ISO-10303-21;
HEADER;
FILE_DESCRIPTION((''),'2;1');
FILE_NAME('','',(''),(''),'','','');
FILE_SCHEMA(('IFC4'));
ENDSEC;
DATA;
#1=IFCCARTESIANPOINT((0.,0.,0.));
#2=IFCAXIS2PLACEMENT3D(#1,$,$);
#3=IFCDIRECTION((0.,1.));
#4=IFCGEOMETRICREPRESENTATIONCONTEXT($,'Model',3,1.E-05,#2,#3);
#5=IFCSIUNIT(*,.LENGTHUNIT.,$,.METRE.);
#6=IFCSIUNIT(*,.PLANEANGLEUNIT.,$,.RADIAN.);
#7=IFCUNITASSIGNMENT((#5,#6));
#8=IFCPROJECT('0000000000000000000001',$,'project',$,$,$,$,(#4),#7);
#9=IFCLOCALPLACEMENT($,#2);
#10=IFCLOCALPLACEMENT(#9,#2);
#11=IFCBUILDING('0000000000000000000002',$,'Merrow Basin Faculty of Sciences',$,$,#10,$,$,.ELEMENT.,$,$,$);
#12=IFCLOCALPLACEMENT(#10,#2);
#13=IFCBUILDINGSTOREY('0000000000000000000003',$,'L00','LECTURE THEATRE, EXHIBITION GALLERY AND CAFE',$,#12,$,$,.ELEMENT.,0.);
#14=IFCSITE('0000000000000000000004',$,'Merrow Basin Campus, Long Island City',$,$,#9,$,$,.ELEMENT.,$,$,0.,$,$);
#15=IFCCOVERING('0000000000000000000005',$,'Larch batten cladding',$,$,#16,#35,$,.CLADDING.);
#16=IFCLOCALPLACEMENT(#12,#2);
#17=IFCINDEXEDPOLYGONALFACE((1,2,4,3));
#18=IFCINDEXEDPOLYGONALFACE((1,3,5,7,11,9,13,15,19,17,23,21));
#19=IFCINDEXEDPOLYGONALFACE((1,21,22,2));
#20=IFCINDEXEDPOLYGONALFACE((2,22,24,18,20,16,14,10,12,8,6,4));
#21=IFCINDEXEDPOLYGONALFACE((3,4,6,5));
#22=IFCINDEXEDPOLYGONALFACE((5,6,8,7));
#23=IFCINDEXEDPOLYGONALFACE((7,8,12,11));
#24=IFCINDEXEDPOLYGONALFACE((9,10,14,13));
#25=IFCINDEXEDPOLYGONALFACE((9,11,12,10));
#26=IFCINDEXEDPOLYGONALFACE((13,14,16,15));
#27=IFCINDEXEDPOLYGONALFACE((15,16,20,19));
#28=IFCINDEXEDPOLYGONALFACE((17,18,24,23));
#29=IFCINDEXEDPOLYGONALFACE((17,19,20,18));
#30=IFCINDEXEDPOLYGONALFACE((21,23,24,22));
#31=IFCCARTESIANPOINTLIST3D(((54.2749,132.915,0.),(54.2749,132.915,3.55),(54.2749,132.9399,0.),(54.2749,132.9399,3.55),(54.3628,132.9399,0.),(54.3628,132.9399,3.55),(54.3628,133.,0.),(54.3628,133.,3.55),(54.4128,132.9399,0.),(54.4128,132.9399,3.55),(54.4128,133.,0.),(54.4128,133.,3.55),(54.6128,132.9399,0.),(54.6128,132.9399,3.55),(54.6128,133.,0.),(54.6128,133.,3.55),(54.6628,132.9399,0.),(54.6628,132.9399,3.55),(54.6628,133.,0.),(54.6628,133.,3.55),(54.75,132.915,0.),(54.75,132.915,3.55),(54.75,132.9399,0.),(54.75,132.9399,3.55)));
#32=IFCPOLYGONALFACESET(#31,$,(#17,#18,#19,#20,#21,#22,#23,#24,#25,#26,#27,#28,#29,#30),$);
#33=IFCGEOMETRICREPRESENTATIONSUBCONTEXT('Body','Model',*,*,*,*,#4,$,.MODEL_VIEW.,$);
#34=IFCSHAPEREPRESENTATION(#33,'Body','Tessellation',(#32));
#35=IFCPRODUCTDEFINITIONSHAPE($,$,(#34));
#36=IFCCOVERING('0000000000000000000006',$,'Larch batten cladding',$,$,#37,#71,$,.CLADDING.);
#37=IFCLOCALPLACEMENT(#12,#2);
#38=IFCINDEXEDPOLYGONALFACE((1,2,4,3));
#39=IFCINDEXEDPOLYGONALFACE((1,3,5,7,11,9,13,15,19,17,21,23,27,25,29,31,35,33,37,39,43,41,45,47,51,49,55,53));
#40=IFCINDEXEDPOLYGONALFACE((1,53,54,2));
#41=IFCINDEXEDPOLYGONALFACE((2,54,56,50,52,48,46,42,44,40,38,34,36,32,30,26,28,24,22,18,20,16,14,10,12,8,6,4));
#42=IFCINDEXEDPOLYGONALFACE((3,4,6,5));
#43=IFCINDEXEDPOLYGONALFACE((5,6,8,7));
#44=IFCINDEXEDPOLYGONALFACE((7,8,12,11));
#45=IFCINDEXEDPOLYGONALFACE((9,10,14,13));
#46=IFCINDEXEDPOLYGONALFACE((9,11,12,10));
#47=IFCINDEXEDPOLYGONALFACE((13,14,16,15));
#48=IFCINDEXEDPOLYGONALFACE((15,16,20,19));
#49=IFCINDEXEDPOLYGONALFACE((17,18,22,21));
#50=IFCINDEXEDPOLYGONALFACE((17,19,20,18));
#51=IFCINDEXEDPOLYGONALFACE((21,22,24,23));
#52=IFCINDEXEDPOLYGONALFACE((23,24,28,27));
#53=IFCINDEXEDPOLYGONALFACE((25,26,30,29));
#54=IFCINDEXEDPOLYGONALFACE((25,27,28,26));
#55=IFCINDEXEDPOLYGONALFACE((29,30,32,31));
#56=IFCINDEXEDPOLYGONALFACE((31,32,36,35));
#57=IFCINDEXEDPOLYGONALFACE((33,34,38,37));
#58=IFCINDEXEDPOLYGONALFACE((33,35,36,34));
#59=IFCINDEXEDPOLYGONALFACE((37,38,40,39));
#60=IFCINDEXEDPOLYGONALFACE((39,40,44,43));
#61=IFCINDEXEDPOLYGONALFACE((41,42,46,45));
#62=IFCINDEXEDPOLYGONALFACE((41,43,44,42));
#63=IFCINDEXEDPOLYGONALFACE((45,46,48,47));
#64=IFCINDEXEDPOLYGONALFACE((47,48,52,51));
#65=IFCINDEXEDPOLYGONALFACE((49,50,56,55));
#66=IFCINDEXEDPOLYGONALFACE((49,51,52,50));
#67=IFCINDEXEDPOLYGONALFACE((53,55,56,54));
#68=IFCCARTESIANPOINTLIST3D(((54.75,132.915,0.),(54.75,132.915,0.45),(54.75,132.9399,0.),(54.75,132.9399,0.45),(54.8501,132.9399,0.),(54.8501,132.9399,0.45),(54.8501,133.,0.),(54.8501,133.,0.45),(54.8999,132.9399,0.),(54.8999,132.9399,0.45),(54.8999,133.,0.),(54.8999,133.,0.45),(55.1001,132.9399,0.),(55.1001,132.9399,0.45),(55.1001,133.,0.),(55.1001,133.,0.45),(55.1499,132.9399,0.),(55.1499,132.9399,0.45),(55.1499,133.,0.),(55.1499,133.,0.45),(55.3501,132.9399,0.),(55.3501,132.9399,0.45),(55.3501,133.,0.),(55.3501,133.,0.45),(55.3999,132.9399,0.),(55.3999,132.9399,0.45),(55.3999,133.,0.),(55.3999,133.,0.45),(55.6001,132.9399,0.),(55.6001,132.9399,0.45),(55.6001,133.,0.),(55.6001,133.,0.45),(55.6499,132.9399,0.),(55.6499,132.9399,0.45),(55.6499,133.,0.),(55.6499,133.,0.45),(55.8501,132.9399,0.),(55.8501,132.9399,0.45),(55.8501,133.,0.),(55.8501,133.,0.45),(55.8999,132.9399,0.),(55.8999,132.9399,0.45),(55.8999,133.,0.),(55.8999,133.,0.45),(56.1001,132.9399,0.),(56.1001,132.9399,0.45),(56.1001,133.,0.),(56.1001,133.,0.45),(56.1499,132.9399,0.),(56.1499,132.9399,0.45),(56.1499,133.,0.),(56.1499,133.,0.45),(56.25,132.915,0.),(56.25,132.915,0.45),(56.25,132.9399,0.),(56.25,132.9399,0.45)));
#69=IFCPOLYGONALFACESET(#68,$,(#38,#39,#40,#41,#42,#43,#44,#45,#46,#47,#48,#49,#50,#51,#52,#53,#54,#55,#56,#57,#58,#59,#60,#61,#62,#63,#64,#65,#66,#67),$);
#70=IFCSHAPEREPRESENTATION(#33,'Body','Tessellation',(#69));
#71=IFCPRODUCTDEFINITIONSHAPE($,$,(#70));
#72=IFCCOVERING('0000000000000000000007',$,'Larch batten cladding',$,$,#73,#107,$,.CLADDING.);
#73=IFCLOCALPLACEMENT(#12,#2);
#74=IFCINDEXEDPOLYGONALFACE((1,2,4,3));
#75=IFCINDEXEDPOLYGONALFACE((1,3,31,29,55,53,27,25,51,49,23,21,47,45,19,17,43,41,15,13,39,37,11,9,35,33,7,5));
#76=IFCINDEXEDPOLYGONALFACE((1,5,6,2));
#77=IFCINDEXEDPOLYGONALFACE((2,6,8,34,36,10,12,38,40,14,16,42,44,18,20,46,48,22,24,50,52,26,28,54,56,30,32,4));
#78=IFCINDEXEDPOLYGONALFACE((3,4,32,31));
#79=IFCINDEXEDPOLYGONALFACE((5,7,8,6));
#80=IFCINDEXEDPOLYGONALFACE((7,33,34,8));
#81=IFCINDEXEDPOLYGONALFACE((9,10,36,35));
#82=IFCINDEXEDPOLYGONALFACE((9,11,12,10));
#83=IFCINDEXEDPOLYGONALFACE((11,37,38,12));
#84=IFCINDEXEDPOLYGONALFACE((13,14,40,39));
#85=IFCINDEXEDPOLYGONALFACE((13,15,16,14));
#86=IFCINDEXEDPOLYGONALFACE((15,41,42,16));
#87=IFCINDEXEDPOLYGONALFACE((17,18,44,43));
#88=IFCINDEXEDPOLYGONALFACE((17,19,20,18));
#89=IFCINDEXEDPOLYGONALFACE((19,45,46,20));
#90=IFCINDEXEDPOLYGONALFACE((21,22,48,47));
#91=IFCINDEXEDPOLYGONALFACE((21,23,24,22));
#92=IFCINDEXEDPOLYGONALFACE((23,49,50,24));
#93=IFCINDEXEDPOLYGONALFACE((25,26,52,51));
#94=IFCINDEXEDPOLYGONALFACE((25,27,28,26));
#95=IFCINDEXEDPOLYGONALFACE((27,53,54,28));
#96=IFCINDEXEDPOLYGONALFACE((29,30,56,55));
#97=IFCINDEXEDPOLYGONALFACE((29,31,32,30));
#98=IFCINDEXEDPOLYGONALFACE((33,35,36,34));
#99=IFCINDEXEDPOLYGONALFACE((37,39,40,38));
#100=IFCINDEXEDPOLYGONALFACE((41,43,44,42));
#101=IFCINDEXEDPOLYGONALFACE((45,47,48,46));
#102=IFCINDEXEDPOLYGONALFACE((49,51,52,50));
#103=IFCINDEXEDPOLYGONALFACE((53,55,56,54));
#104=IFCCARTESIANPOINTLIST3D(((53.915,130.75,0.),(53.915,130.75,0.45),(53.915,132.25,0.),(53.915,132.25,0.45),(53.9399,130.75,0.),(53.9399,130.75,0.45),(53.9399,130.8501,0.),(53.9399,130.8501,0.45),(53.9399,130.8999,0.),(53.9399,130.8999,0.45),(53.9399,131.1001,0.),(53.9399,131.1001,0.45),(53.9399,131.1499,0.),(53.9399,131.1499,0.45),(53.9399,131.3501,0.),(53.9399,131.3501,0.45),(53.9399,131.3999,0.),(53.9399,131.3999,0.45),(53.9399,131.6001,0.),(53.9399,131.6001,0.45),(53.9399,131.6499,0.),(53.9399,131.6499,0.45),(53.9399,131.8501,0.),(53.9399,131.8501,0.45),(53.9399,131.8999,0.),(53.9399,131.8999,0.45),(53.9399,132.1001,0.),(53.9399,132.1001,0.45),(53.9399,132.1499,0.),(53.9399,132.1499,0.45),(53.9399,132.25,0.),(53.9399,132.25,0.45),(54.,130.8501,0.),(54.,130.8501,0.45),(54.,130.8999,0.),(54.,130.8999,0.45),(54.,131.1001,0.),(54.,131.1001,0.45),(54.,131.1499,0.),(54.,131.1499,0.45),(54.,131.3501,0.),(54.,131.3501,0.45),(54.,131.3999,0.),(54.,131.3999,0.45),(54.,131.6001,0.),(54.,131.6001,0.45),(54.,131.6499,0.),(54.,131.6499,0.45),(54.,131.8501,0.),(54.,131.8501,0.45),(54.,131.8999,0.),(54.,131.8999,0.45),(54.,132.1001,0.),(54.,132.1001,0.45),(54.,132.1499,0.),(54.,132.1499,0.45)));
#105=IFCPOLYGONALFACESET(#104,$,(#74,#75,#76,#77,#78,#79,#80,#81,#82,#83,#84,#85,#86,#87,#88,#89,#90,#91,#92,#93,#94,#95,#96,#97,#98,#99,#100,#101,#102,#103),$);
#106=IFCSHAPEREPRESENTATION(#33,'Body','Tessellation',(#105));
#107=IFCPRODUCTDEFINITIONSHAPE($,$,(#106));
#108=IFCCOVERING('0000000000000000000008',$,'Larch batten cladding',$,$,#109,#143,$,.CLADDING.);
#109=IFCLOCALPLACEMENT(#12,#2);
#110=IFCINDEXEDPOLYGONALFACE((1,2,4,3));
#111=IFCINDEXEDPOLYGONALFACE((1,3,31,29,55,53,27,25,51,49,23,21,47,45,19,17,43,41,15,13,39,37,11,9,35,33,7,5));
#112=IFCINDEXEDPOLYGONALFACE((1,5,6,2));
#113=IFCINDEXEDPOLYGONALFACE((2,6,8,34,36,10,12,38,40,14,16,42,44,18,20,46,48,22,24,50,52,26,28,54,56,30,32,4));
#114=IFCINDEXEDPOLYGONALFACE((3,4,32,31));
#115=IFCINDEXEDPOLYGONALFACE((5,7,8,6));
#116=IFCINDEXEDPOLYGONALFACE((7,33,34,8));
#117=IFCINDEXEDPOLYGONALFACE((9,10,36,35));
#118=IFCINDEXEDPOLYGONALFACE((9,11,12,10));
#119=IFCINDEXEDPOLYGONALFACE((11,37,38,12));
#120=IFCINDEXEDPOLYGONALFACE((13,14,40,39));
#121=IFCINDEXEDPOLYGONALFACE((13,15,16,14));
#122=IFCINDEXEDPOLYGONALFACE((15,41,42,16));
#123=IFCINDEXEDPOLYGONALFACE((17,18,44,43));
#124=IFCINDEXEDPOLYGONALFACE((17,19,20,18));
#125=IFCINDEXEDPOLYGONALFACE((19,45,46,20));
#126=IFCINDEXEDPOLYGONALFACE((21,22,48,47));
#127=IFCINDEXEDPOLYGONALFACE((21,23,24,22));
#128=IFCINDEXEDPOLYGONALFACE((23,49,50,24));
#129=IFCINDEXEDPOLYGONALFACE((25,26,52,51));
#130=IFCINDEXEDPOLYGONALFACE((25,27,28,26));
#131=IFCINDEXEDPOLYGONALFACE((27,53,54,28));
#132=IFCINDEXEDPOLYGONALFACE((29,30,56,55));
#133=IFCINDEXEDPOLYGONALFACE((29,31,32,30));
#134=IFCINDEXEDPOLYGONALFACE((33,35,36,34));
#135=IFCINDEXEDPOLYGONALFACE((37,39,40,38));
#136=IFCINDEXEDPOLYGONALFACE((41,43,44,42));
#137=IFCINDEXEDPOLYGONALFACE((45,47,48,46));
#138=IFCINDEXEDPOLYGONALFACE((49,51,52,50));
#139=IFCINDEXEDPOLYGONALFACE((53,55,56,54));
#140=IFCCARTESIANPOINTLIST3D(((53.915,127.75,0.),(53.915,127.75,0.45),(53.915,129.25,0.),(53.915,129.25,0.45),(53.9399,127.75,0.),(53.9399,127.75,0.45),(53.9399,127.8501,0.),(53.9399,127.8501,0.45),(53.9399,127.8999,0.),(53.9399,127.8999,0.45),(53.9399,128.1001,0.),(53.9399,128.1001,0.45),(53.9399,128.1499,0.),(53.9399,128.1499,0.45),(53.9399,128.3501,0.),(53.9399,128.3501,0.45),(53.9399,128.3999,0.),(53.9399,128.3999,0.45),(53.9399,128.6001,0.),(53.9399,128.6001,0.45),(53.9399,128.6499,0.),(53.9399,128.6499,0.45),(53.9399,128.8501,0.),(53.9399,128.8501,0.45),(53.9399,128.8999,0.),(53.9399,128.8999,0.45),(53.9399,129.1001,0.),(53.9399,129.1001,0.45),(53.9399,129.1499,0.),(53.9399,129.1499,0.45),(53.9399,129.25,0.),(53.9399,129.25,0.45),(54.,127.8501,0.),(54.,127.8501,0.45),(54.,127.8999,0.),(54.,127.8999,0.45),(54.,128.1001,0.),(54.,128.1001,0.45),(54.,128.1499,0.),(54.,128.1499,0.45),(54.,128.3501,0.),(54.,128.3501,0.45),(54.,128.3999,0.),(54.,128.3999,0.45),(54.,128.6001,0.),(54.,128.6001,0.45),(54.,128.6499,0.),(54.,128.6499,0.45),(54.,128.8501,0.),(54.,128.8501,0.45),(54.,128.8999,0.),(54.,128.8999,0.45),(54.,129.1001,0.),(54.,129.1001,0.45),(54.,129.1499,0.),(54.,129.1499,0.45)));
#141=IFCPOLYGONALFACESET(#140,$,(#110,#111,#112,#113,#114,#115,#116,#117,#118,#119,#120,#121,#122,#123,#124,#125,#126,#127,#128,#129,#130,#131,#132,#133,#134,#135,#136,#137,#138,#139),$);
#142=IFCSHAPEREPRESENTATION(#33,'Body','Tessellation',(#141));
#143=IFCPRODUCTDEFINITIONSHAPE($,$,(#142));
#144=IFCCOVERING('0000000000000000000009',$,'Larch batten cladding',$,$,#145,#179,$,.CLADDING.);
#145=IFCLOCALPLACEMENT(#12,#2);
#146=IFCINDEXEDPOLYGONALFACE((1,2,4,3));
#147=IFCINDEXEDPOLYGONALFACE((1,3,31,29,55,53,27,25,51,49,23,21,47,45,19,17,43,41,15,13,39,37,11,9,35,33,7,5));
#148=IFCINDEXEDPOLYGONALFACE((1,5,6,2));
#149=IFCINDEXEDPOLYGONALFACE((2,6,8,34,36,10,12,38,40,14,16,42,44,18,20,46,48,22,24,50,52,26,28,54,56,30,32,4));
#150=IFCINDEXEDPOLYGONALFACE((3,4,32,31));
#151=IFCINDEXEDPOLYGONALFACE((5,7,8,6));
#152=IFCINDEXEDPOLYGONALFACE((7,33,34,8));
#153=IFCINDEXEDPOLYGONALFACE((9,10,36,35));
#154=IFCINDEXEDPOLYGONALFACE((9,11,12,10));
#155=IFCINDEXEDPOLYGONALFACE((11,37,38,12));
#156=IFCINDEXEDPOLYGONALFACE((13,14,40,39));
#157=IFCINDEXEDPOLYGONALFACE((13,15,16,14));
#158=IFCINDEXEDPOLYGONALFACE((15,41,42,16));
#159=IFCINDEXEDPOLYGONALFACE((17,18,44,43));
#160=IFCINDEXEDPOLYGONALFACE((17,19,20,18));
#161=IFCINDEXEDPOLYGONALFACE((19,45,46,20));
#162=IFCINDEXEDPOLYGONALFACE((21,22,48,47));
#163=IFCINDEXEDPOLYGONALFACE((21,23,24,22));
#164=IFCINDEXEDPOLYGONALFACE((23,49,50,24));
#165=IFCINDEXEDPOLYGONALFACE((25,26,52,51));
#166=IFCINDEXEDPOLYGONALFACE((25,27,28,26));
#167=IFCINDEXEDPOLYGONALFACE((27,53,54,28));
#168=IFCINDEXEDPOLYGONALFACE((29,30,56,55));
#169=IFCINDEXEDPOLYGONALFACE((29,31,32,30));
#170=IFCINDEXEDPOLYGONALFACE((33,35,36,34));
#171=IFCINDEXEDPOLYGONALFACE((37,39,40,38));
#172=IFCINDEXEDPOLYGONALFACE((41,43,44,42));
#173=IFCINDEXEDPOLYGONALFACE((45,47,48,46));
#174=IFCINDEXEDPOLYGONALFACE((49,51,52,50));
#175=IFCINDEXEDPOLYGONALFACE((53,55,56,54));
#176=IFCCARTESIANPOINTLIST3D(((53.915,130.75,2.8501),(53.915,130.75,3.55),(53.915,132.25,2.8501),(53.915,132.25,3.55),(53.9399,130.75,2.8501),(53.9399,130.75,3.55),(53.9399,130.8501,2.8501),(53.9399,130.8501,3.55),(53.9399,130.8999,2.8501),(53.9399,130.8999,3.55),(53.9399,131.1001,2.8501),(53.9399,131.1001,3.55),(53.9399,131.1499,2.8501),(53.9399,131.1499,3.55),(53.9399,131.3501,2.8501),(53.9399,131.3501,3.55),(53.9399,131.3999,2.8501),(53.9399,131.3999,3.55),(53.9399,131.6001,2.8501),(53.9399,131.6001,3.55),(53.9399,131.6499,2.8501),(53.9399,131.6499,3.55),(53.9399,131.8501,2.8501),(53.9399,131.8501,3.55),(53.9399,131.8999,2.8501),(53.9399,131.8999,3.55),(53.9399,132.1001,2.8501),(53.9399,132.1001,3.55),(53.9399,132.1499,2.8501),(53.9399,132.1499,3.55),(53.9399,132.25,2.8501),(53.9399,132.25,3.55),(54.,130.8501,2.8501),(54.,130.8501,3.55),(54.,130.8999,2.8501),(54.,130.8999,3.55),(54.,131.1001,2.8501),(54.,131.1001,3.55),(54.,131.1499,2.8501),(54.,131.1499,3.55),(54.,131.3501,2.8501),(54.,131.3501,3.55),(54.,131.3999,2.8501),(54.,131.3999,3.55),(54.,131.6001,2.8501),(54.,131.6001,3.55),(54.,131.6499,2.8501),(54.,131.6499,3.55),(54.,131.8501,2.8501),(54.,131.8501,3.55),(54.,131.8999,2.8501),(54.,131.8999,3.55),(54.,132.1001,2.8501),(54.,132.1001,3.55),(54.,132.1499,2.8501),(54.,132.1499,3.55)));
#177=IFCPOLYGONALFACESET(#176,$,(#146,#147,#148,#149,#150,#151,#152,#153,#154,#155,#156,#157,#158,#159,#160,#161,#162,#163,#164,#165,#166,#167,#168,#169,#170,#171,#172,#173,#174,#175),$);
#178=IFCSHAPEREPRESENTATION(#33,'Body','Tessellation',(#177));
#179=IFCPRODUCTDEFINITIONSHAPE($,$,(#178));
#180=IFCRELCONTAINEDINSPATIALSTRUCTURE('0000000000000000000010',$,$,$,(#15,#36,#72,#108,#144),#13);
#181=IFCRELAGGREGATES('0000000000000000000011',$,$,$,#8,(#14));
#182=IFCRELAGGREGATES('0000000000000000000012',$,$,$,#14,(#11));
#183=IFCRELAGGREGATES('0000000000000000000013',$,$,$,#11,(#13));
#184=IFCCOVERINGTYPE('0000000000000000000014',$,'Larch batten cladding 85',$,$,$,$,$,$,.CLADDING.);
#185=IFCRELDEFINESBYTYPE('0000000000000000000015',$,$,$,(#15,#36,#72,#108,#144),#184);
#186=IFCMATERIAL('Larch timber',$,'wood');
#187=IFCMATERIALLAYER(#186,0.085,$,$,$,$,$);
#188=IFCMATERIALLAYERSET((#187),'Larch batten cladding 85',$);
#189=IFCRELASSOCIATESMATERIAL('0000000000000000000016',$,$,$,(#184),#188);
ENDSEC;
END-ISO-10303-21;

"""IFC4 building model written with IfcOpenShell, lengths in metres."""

from ifc_helpers import new_model, si_unit, direction, frame, origin, place, context, subcontext, project, spatial, polyline, outline, extrude, source, transform, mapped, material, layer, layer_set, type_object, element, save


model = new_model("IFC4")

# Units and contexts
model_context = context("Model", 3, precision=1e-05, world=origin(), true_north=direction((0.0, 1.0)))
body_context = subcontext(model_context, "Body", "Model", "MODEL_VIEW")
ifc_project = project(units=[si_unit("LENGTHUNIT", "METRE"), si_unit("PLANEANGLEUNIT", "RADIAN")], contexts=[model_context])

# Site, building, storey
site_placement = place(None, origin())
site = spatial("IfcSite", under=ifc_project, at=site_placement, Name="Merrow Basin Campus, Long Island City", CompositionType="ELEMENT", RefElevation=0.0)
building_placement = place(site_placement, origin())
building = spatial("IfcBuilding", under=site, at=building_placement, Name="Merrow Basin Faculty of Sciences", CompositionType="ELEMENT")
storey_placement = place(building_placement, origin())
storey = spatial("IfcBuildingStorey", under=building, at=storey_placement, Name="L00", Description="LECTURE THEATRE, EXHIBITION GALLERY AND CAFE", CompositionType="ELEMENT", Elevation=0.0)

# Coverings
ifc_material_1 = material(Name="Larch timber", Category="wood")
ifc_layer_1 = layer(ifc_material_1, 0.085)
ifc_layer_set_1 = layer_set([ifc_layer_1], Name="Larch batten cladding 85")
covering_type = type_object("IfcCoveringType", Name="Larch batten cladding 85", PredefinedType="CLADDING", material=ifc_layer_set_1)
shared_shape_1 = source(origin(), body_context, "Body", "SweptSolid", [
    extrude(outline(polyline([(0.0, 0.0), (0.4751, 0.0), (0.4751, 0.0249), (0.3879, 0.0249), (0.3879, 0.085), (0.3379, 0.085), (0.3379, 0.0249), (0.1379, 0.0249), (0.1379, 0.085), (0.0879, 0.085), (0.0879, 0.0249), (0.0, 0.0249), (0.0, 0.0)])), origin(), (0.0, 0.0, 1.0), 3.55),
])
covering_1_placement = place(storey_placement, frame((54.2749, 132.915, 0.0), z_axis=(0.0, 0.0, 1.0), x_axis=(1.0, 0.0, 0.0)))
element("IfcCovering", 1, at=covering_1_placement, inside=storey, type_object=covering_type, Name="Larch batten cladding", PredefinedType="CLADDING", context=body_context, shape_type="MappedRepresentation", body=[
    mapped(shared_shape_1, transform((0.0, 0.0, 0.0), scale=1.0)),
])
shared_shape_2 = source(origin(), body_context, "Body", "SweptSolid", [
    extrude(outline(polyline([(0.0, 0.0), (1.5, 0.0), (1.5, 0.0249), (1.3999, 0.0249), (1.3999, 0.085), (1.3501, 0.085), (1.3501, 0.0249), (1.1499, 0.0249), (1.1499, 0.085), (1.1001, 0.085), (1.1001, 0.0249), (0.8999, 0.0249), (0.8999, 0.085), (0.8501, 0.085), (0.8501, 0.0249), (0.6499, 0.0249), (0.6499, 0.085), (0.6001, 0.085), (0.6001, 0.0249), (0.3999, 0.0249), (0.3999, 0.085), (0.3501, 0.085), (0.3501, 0.0249), (0.1499, 0.0249), (0.1499, 0.085), (0.1001, 0.085), (0.1001, 0.0249), (0.0, 0.0249), (0.0, 0.0)])), origin(), (0.0, 0.0, 1.0), 0.45),
])
for number, where, z_axis, x_axis, name in (
    (2, (54.75, 132.915, 0.0), (0.0, 0.0, 1.0), (1.0, 0.0, 0.0), "Larch batten cladding"),
    (3, (53.915, 132.25, 0.0), (0.0, 0.0, 1.0), (0.0, -1.0, 0.0), "Larch batten cladding"),
    (4, (53.915, 129.25, 0.0), (0.0, 0.0, 1.0), (0.0, -1.0, 0.0), "Larch batten cladding"),
):
    element("IfcCovering", number, at=place(storey_placement, frame(where, z_axis=z_axis, x_axis=x_axis)), inside=storey, type_object=covering_type, Name=name, PredefinedType="CLADDING", context=body_context, shape_type="MappedRepresentation", body=[
        mapped(shared_shape_2, transform((0.0, 0.0, 0.0), scale=1.0)),
    ])
shared_shape_3 = source(origin(), body_context, "Body", "SweptSolid", [
    extrude(outline(polyline([(0.0, 0.0), (1.5, 0.0), (1.5, 0.0249), (1.3999, 0.0249), (1.3999, 0.085), (1.3501, 0.085), (1.3501, 0.0249), (1.1499, 0.0249), (1.1499, 0.085), (1.1001, 0.085), (1.1001, 0.0249), (0.8999, 0.0249), (0.8999, 0.085), (0.8501, 0.085), (0.8501, 0.0249), (0.6499, 0.0249), (0.6499, 0.085), (0.6001, 0.085), (0.6001, 0.0249), (0.3999, 0.0249), (0.3999, 0.085), (0.3501, 0.085), (0.3501, 0.0249), (0.1499, 0.0249), (0.1499, 0.085), (0.1001, 0.085), (0.1001, 0.0249), (0.0, 0.0249), (0.0, 0.0)])), origin(), (0.0, 0.0, 1.0), 0.7),
])
for number, where, z_axis, x_axis, name in (
    (5, (53.915, 132.25, 2.8501), (0.0, 0.0, 1.0), (0.0, -1.0, 0.0), "Larch batten cladding"),
):
    element("IfcCovering", number, at=place(storey_placement, frame(where, z_axis=z_axis, x_axis=x_axis)), inside=storey, type_object=covering_type, Name=name, PredefinedType="CLADDING", context=body_context, shape_type="MappedRepresentation", body=[
        mapped(shared_shape_3, transform((0.0, 0.0, 0.0), scale=1.0)),
    ])

save(model, "model.ifc")
